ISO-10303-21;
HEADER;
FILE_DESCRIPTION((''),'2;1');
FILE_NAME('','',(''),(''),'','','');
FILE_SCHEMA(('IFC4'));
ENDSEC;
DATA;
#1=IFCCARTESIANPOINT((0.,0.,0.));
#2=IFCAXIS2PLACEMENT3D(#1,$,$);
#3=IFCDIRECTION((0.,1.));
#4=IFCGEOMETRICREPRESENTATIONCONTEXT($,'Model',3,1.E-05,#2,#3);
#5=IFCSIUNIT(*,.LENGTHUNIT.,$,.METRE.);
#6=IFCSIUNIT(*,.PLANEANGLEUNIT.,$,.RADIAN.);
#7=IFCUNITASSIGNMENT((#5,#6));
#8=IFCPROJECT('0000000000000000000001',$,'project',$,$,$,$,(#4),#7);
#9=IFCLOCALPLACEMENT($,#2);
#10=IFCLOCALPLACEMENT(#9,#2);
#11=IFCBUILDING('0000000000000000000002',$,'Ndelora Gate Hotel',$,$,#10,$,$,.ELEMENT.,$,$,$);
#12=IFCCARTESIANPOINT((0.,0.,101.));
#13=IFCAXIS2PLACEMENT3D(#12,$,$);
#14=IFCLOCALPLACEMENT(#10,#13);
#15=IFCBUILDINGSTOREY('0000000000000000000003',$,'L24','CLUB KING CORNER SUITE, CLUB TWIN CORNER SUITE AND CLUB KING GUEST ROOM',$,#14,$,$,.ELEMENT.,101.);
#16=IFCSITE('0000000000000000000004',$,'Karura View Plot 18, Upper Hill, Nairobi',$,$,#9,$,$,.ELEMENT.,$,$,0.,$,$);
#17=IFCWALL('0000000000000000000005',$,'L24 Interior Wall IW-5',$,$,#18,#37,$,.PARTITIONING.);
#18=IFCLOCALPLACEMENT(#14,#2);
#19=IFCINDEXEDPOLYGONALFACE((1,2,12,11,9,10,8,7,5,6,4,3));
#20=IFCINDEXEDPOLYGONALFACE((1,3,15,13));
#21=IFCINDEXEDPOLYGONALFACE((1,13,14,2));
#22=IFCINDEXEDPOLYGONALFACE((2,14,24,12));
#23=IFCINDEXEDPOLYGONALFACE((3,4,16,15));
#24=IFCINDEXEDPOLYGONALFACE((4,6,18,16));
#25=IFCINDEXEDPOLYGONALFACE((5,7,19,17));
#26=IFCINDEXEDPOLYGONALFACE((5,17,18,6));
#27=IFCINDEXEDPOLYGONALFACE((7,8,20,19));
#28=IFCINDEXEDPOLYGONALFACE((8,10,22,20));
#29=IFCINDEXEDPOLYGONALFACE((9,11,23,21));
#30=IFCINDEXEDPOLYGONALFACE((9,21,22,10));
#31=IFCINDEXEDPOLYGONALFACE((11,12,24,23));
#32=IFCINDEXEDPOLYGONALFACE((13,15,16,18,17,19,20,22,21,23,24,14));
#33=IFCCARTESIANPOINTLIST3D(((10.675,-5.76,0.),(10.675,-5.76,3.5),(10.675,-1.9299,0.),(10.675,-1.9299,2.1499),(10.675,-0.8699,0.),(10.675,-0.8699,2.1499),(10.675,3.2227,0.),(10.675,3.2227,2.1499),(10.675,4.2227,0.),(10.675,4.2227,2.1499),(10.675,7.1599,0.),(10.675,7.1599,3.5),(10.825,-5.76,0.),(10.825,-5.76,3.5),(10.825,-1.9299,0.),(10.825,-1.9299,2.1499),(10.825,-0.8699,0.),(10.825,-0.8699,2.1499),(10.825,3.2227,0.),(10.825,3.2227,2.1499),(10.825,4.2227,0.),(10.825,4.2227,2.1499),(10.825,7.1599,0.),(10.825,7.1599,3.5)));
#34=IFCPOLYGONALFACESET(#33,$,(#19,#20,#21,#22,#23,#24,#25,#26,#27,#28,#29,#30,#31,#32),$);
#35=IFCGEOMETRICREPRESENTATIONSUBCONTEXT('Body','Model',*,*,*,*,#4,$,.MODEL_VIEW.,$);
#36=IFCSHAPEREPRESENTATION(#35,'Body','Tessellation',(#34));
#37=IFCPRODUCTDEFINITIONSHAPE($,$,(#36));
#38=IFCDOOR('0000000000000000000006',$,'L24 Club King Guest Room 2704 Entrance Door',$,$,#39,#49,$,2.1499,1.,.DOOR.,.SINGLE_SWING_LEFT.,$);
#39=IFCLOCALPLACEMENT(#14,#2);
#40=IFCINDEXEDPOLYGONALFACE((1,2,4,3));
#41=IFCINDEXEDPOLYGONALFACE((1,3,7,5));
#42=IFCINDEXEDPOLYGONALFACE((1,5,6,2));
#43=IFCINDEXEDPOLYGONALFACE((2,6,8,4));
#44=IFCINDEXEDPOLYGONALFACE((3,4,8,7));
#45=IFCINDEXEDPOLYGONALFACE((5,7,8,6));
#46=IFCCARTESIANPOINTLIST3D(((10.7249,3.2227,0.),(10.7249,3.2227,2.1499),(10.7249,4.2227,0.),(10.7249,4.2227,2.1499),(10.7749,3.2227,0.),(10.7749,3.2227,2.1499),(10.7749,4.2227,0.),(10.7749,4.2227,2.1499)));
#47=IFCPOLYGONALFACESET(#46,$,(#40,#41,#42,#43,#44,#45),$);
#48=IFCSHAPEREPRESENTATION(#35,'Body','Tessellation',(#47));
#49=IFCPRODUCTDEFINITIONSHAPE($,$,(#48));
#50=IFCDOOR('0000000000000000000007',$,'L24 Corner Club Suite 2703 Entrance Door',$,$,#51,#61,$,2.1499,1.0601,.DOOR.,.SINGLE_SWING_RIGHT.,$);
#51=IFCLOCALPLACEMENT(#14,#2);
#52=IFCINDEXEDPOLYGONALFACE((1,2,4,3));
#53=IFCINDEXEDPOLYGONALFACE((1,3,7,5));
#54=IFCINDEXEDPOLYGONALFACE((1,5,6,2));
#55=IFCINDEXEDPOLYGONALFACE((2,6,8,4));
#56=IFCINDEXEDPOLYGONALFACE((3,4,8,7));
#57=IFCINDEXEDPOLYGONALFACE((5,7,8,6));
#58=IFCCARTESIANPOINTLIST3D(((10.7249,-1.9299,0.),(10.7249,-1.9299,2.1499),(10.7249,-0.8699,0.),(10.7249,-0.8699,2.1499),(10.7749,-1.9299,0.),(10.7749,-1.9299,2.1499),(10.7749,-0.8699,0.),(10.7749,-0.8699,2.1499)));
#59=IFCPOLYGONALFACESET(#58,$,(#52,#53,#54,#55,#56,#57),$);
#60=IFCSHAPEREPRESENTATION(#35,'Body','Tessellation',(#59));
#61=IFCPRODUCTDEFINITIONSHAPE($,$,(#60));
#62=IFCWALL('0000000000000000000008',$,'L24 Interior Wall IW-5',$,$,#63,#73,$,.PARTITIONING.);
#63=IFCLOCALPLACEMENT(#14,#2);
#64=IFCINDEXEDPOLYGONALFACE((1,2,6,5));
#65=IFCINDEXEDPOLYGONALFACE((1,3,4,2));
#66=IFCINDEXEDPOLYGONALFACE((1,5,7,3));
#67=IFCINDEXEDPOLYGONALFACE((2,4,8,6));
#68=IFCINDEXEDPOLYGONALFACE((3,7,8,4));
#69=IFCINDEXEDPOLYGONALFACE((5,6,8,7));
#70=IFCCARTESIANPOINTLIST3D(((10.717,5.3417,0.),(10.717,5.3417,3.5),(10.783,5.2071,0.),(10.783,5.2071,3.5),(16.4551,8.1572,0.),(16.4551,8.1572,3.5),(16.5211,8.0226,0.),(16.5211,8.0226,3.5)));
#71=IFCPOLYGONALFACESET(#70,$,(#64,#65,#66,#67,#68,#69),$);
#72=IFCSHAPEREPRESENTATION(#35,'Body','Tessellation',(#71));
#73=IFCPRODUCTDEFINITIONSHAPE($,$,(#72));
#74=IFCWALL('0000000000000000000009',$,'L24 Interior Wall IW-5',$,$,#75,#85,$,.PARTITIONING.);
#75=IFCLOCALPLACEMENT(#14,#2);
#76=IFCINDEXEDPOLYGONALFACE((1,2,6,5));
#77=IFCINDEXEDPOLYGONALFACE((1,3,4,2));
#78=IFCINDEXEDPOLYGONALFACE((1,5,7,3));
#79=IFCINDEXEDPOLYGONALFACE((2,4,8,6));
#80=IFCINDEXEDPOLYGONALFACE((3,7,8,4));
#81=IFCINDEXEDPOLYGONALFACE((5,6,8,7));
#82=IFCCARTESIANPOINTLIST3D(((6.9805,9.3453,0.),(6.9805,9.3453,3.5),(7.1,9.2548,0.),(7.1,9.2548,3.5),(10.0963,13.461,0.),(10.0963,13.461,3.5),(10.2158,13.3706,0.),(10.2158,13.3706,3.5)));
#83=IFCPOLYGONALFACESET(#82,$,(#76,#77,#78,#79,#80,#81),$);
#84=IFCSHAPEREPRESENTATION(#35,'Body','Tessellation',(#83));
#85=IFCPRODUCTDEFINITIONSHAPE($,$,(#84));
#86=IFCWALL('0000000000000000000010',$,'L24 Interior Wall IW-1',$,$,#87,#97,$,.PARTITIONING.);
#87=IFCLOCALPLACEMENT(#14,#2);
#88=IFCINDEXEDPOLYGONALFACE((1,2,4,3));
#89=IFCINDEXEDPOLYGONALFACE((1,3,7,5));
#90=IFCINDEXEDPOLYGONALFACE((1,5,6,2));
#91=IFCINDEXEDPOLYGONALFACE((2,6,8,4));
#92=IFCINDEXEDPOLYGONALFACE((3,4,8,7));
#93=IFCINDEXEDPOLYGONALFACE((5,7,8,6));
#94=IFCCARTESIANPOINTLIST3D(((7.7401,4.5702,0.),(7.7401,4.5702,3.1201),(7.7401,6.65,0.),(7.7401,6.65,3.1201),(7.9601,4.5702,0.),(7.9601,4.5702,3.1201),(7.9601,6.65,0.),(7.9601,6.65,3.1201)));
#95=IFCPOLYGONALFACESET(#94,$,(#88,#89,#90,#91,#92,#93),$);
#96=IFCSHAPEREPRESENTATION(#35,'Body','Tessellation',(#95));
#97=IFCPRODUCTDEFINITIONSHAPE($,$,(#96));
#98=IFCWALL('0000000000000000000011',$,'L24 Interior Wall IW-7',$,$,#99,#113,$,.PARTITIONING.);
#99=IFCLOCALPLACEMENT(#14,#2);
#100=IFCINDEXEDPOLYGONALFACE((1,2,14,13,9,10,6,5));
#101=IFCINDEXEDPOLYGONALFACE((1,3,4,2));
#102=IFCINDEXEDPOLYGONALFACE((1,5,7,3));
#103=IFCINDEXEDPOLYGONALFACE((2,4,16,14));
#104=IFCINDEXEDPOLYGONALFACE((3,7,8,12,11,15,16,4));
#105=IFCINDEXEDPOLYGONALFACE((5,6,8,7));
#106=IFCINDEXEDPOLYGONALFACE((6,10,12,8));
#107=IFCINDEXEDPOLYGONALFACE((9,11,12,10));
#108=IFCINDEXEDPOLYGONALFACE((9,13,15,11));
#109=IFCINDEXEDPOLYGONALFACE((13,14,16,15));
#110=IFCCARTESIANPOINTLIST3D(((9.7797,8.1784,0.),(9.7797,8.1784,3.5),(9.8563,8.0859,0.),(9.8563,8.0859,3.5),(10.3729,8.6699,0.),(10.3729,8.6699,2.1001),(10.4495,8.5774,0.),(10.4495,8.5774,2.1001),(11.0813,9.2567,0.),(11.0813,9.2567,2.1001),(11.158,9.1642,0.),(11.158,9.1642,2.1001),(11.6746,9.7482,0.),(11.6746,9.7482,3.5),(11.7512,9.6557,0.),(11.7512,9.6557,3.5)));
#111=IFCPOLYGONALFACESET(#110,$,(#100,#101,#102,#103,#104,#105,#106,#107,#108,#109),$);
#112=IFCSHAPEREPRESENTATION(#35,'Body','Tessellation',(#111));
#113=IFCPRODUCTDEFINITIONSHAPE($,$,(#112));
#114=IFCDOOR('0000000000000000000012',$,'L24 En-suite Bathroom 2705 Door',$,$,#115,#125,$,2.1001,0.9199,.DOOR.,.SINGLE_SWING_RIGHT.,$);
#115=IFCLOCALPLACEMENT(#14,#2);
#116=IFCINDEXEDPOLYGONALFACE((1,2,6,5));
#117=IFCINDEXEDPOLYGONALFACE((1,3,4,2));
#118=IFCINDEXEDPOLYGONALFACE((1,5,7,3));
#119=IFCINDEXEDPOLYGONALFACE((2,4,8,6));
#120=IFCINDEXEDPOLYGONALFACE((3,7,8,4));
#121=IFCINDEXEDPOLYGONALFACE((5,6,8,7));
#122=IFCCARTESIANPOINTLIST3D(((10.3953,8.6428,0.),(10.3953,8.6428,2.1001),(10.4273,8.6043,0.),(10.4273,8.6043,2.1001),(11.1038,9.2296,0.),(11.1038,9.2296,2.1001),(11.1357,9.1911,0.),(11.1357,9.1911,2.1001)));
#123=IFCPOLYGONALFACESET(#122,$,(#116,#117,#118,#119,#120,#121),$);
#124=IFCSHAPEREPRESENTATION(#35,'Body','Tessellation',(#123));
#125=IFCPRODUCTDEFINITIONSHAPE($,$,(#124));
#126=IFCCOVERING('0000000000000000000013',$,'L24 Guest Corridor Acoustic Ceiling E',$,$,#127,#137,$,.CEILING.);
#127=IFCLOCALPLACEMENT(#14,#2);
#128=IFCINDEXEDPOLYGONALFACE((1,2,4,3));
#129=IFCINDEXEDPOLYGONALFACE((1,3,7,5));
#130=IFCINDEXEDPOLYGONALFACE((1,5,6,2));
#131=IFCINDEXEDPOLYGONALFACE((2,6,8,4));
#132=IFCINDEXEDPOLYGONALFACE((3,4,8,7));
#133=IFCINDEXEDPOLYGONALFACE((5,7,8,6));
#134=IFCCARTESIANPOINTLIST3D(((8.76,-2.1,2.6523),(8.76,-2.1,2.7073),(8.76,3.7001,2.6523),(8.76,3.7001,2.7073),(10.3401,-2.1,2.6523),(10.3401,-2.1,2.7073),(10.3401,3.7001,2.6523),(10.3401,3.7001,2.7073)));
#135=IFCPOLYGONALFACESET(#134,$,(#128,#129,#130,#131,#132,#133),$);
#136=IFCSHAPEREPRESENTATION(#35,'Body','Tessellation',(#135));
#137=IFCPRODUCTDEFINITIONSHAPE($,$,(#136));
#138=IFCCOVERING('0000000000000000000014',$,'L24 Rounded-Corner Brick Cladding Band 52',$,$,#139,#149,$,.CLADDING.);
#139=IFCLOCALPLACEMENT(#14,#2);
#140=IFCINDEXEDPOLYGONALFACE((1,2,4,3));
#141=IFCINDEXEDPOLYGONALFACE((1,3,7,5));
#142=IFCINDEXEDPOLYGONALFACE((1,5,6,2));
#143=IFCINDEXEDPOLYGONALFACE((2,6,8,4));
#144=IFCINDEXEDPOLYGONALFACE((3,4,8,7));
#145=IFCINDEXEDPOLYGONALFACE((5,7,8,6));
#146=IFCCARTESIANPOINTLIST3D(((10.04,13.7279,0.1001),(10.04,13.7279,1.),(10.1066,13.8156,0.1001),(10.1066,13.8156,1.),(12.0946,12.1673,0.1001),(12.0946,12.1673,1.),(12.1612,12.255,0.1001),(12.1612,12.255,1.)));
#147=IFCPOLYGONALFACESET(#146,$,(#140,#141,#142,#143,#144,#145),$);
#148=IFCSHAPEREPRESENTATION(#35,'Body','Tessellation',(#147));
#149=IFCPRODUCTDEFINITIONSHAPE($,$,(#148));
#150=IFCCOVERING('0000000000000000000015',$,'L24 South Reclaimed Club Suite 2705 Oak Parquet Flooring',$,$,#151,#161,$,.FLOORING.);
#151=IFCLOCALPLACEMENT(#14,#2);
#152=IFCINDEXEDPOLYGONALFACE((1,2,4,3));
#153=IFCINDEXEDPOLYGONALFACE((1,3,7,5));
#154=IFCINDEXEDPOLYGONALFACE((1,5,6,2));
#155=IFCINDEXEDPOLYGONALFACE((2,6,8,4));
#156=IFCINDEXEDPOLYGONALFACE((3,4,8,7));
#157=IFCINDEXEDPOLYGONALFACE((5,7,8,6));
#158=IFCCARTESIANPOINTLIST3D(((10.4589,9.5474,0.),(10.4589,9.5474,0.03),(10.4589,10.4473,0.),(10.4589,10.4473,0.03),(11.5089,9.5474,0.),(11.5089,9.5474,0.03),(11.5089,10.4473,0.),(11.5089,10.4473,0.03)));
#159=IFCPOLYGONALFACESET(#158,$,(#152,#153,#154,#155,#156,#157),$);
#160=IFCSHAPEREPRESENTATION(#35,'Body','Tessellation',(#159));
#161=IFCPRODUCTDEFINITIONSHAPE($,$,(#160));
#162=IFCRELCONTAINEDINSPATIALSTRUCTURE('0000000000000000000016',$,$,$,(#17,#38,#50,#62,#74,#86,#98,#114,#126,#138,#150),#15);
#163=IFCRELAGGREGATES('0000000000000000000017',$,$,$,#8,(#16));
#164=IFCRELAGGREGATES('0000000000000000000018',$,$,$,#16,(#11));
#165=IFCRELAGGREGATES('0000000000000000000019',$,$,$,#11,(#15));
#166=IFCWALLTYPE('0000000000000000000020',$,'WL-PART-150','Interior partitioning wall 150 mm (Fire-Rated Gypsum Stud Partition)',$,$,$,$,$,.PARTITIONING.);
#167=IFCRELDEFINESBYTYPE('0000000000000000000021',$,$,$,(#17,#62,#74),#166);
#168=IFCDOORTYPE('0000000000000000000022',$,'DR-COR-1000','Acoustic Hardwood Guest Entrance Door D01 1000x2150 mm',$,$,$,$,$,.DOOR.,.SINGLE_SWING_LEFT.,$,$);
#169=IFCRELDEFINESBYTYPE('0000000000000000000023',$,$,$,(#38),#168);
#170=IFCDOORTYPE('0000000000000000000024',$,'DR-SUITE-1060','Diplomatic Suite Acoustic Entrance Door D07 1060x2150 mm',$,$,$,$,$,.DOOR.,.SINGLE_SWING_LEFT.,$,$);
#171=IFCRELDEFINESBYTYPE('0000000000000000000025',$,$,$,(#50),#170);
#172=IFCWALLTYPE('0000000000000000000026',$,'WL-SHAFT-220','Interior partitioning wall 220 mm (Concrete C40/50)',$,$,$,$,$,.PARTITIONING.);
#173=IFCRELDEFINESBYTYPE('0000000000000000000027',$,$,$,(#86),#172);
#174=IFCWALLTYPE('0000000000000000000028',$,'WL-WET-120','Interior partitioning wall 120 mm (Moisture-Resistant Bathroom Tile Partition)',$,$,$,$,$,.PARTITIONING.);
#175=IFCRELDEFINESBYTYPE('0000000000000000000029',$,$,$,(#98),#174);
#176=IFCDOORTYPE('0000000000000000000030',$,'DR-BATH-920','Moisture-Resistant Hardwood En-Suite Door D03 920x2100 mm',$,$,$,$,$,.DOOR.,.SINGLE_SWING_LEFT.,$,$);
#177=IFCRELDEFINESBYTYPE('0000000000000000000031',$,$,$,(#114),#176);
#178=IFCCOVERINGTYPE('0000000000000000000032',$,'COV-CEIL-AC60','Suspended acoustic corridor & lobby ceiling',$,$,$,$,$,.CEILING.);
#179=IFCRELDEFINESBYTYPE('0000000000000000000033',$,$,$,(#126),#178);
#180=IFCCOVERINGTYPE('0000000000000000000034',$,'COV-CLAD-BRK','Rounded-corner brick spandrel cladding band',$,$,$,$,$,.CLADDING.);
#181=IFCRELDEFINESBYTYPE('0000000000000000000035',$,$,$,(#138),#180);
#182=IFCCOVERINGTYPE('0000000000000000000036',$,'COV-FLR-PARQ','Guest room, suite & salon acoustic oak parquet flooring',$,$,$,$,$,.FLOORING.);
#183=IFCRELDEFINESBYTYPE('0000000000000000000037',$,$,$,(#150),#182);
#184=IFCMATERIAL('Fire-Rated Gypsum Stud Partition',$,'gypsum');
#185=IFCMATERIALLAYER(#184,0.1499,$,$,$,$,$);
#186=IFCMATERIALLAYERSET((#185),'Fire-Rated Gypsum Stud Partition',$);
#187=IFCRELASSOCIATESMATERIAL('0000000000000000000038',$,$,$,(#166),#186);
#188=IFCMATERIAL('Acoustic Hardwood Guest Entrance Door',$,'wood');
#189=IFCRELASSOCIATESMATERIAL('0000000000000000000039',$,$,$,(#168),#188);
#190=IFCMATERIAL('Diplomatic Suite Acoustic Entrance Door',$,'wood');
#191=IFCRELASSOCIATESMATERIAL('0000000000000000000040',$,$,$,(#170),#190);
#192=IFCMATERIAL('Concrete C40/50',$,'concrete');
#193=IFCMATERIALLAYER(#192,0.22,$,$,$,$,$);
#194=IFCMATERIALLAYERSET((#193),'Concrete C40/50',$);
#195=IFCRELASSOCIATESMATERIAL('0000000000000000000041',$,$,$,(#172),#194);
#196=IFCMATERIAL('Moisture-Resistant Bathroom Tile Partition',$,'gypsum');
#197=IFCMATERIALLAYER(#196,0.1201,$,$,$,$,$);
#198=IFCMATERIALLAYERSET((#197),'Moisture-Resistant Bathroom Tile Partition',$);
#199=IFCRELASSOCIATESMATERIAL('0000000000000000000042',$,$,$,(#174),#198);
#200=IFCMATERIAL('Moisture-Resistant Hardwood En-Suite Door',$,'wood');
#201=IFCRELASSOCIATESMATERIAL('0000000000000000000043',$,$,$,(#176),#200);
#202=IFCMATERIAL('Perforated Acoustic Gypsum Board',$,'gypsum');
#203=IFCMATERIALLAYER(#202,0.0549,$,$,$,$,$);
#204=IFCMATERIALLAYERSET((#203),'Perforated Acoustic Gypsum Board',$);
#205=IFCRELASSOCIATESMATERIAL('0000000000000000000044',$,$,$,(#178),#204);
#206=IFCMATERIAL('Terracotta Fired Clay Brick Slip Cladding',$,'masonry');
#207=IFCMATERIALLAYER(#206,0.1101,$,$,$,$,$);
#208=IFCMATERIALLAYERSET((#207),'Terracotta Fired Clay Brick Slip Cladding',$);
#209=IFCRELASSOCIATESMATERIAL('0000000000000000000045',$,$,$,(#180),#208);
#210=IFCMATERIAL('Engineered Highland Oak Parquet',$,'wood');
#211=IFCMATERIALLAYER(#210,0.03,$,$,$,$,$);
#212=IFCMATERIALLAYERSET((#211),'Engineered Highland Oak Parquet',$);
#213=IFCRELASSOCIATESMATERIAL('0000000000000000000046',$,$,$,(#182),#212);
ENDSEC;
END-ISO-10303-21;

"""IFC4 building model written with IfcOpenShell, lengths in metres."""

from ifc_helpers import new_model, si_unit, direction, frame, frame_2d, origin, origin_2d, place, context, subcontext, project, spatial, rectangle, extrude, material, layer, layer_set, type_object, element, fill, save


model = new_model("IFC4")

# Units and contexts
model_context = context("Model", 3, precision=1e-05, world=origin(), true_north=direction((0.0, 1.0)))
body_context = subcontext(model_context, "Body", "Model", "MODEL_VIEW")
ifc_project = project(units=[si_unit("LENGTHUNIT", "METRE"), si_unit("PLANEANGLEUNIT", "RADIAN")], contexts=[model_context])

# Site, building, storey
site_placement = place(None, origin())
site = spatial("IfcSite", under=ifc_project, at=site_placement, Name="Karura View Plot 18, Upper Hill, Nairobi", CompositionType="ELEMENT", RefElevation=0.0)
building_placement = place(site_placement, origin())
building = spatial("IfcBuilding", under=site, at=building_placement, Name="Ndelora Gate Hotel", CompositionType="ELEMENT")
storey_placement = place(building_placement, frame((0.0, 0.0, 101.0)))
storey = spatial("IfcBuildingStorey", under=building, at=storey_placement, Name="L24", Description="CLUB KING CORNER SUITE, CLUB TWIN CORNER SUITE AND CLUB KING GUEST ROOM", CompositionType="ELEMENT", Elevation=101.0)

# Shared definitions
ifc_material_1 = material(Name="Concrete C40/50", Category="concrete")

# Wall, openings, doors
ifc_material_2 = material(Name="Fire-Rated Gypsum Stud Partition", Category="gypsum")
ifc_layer_1 = layer(ifc_material_2, 0.1499)
ifc_layer_set_1 = layer_set([ifc_layer_1], Name="Fire-Rated Gypsum Stud Partition")
wall_type_1 = type_object("IfcWallType", Name="WL-PART-150", Description="Interior partitioning wall 150 mm (Fire-Rated Gypsum Stud Partition)", PredefinedType="PARTITIONING", material=ifc_layer_set_1)
wall_1_placement = place(storey_placement, frame((10.75, 7.1599, 0.0), z_axis=(0.0, 0.0, 1.0), x_axis=(0.0, -1.0, 0.0)))
wall_1 = element("IfcWall", 1, at=wall_1_placement, inside=storey, type_object=wall_type_1, Name="L24 Interior Wall IW-5", PredefinedType="PARTITIONING", context=body_context, shape_type="SweptSolid", body=[
    extrude(rectangle(XDim=12.9199, YDim=0.1499, at=frame_2d((6.46, 0.0))), origin(), (0.0, 0.0, 1.0), 3.5),
])
opening_1_placement = place(wall_1_placement, frame((2.9373, 0.0, 0.0)))
opening_1 = element("IfcOpeningElement", 2, at=opening_1_placement, cuts=wall_1, PredefinedType="OPENING", context=body_context, shape_type="SweptSolid", body=[
    extrude(rectangle(XDim=1.0, YDim=2.1499, at=frame_2d((0.5, 1.075))), frame((0.0, 0.085, 0.0), z_axis=(0.0, -1.0, 0.0), x_axis=(1.0, 0.0, 0.0)), (0.0, 0.0, 1.0), 0.1699),
])
opening_2_placement = place(wall_1_placement, frame((8.0298, 0.0, 0.0)))
opening_2 = element("IfcOpeningElement", 3, at=opening_2_placement, cuts=wall_1, PredefinedType="OPENING", context=body_context, shape_type="SweptSolid", body=[
    extrude(rectangle(XDim=1.0601, YDim=2.1499, at=frame_2d((0.53, 1.075))), frame((0.0, 0.085, 0.0), z_axis=(0.0, -1.0, 0.0), x_axis=(1.0, 0.0, 0.0)), (0.0, 0.0, 1.0), 0.1699),
])
ifc_material_3 = material(Name="Acoustic Hardwood Guest Entrance Door", Category="wood")
door_type_1 = type_object("IfcDoorType", Name="DR-COR-1000", Description="Acoustic Hardwood Guest Entrance Door D01 1000x2150 mm", OperationType="SINGLE_SWING_LEFT", PredefinedType="DOOR", material=ifc_material_3)
door_1_placement = place(opening_1_placement, origin())
door_1 = element("IfcDoor", 4, at=door_1_placement, inside=storey, type_object=door_type_1, Name="L24 Club King Guest Room 2704 Entrance Door", OperationType="SINGLE_SWING_LEFT", OverallHeight=2.1499, OverallWidth=1.0, PredefinedType="DOOR", context=body_context, shape_type="SweptSolid", body=[
    extrude(rectangle(XDim=1.0, YDim=2.1499, at=frame_2d((0.5, 1.075))), frame((0.0, 0.0249, 0.0), z_axis=(0.0, -1.0, 0.0), x_axis=(1.0, 0.0, 0.0)), (0.0, 0.0, 1.0), 0.05),
])
fill(opening_1, door_1)
ifc_material_4 = material(Name="Diplomatic Suite Acoustic Entrance Door", Category="wood")
door_type_2 = type_object("IfcDoorType", Name="DR-SUITE-1060", Description="Diplomatic Suite Acoustic Entrance Door D07 1060x2150 mm", OperationType="SINGLE_SWING_LEFT", PredefinedType="DOOR", material=ifc_material_4)
door_2_placement = place(opening_2_placement, origin())
door_2 = element("IfcDoor", 5, at=door_2_placement, inside=storey, type_object=door_type_2, Name="L24 Corner Club Suite 2703 Entrance Door", OperationType="SINGLE_SWING_RIGHT", OverallHeight=2.1499, OverallWidth=1.0601, PredefinedType="DOOR", context=body_context, shape_type="SweptSolid", body=[
    extrude(rectangle(XDim=1.0601, YDim=2.1499, at=frame_2d((0.53, 1.075))), frame((0.0, 0.0249, 0.0), z_axis=(0.0, -1.0, 0.0), x_axis=(1.0, 0.0, 0.0)), (0.0, 0.0, 1.0), 0.05),
])
fill(opening_2, door_2)

# Walls
wall_2_placement = place(storey_placement, frame((10.75, 5.2744, 0.0), z_axis=(0.0, 0.0, 1.0), x_axis=(0.897756, 0.440494, 0.0)))
element("IfcWall", 6, at=wall_2_placement, inside=storey, type_object=wall_type_1, Name="L24 Interior Wall IW-5", PredefinedType="PARTITIONING", context=body_context, shape_type="SweptSolid", body=[
    extrude(rectangle(XDim=6.3916, YDim=0.1499, at=frame_2d((3.1958, 0.0))), origin(), (0.0, 0.0, 1.0), 3.5),
])
wall_3_placement = place(storey_placement, frame((7.0403, 9.3, 0.0), z_axis=(0.0, 0.0, 1.0), x_axis=(0.603581, 0.797302, 0.0)))
element("IfcWall", 7, at=wall_3_placement, inside=storey, type_object=wall_type_1, Name="L24 Interior Wall IW-5", PredefinedType="PARTITIONING", context=body_context, shape_type="SweptSolid", body=[
    extrude(rectangle(XDim=5.1621, YDim=0.1499, at=frame_2d((2.5811, 0.0))), origin(), (0.0, 0.0, 1.0), 3.5),
])
ifc_layer_2 = layer(ifc_material_1, 0.22)
ifc_layer_set_2 = layer_set([ifc_layer_2], Name="Concrete C40/50")
wall_type_2 = type_object("IfcWallType", Name="WL-SHAFT-220", Description="Interior partitioning wall 220 mm (Concrete C40/50)", PredefinedType="PARTITIONING", material=ifc_layer_set_2)
wall_4_placement = place(storey_placement, frame((7.8501, 4.5701, 0.0), z_axis=(0.0, 0.0, 1.0), x_axis=(0.0, 1.0, 0.0)))
element("IfcWall", 8, at=wall_4_placement, inside=storey, type_object=wall_type_2, Name="L24 Interior Wall IW-1", PredefinedType="PARTITIONING", context=body_context, shape_type="SweptSolid", body=[
    extrude(rectangle(XDim=2.0798, YDim=0.22, at=frame_2d((1.04, 0.0))), origin(), (0.0, 0.0, 1.0), 3.1201),
])

# Wall, opening, door
ifc_material_5 = material(Name="Moisture-Resistant Bathroom Tile Partition", Category="gypsum")
ifc_layer_3 = layer(ifc_material_5, 0.1201)
ifc_layer_set_3 = layer_set([ifc_layer_3], Name="Moisture-Resistant Bathroom Tile Partition")
wall_type_3 = type_object("IfcWallType", Name="WL-WET-120", Description="Interior partitioning wall 120 mm (Moisture-Resistant Bathroom Tile Partition)", PredefinedType="PARTITIONING", material=ifc_layer_set_3)
wall_5_placement = place(storey_placement, frame((9.8179, 8.1321, 0.0), z_axis=(0.0, 0.0, 1.0), x_axis=(0.770088, 0.637937, 0.0)))
wall_5 = element("IfcWall", 9, at=wall_5_placement, inside=storey, type_object=wall_type_3, Name="L24 Interior Wall IW-7", PredefinedType="PARTITIONING", context=body_context, shape_type="SweptSolid", body=[
    extrude(rectangle(XDim=2.4607, YDim=0.1201, at=frame_2d((1.2305, 0.0))), origin(), (0.0, 0.0, 1.0), 3.5),
])
opening_3_placement = place(wall_5_placement, frame((0.7705, 0.0, 0.0)))
opening_3 = element("IfcOpeningElement", 10, at=opening_3_placement, cuts=wall_5, PredefinedType="OPENING", context=body_context, shape_type="SweptSolid", body=[
    extrude(rectangle(XDim=0.9199, YDim=2.1001, at=frame_2d((0.46, 1.05))), frame((0.0, 0.0701, 0.0), z_axis=(0.0, -1.0, 0.0), x_axis=(1.0, 0.0, 0.0)), (0.0, 0.0, 1.0), 0.1401),
])
ifc_material_6 = material(Name="Moisture-Resistant Hardwood En-Suite Door", Category="wood")
door_type_3 = type_object("IfcDoorType", Name="DR-BATH-920", Description="Moisture-Resistant Hardwood En-Suite Door D03 920x2100 mm", OperationType="SINGLE_SWING_LEFT", PredefinedType="DOOR", material=ifc_material_6)
door_3_placement = place(opening_3_placement, origin())
door_3 = element("IfcDoor", 11, at=door_3_placement, inside=storey, type_object=door_type_3, Name="L24 En-suite Bathroom 2705 Door", OperationType="SINGLE_SWING_RIGHT", OverallHeight=2.1001, OverallWidth=0.9199, PredefinedType="DOOR", context=body_context, shape_type="SweptSolid", body=[
    extrude(rectangle(XDim=0.9199, YDim=2.1001, at=frame_2d((0.46, 1.05))), frame((0.0, 0.0249, 0.0), z_axis=(0.0, -1.0, 0.0), x_axis=(1.0, 0.0, 0.0)), (0.0, 0.0, 1.0), 0.05),
])
fill(opening_3, door_3)

# Coverings
ifc_material_7 = material(Name="Perforated Acoustic Gypsum Board", Category="gypsum")
ifc_layer_4 = layer(ifc_material_7, 0.0549)
ifc_layer_set_4 = layer_set([ifc_layer_4], Name="Perforated Acoustic Gypsum Board")
covering_type_1 = type_object("IfcCoveringType", Name="COV-CEIL-AC60", Description="Suspended acoustic corridor & lobby ceiling", PredefinedType="CEILING", material=ifc_layer_set_4)
covering_1_placement = place(storey_placement, frame((9.55, 0.8, 2.6523), z_axis=(0.0, 0.0, 1.0), x_axis=(1.0, 0.0, 0.0)))
element("IfcCovering", 12, at=covering_1_placement, inside=storey, type_object=covering_type_1, Name="L24 Guest Corridor Acoustic Ceiling E", PredefinedType="CEILING", context=body_context, shape_type="SweptSolid", body=[
    extrude(rectangle(XDim=1.5801, YDim=5.8, at=origin_2d()), origin(), (0.0, 0.0, 1.0), 0.0549),
])
ifc_material_8 = material(Name="Terracotta Fired Clay Brick Slip Cladding", Category="masonry")
ifc_layer_5 = layer(ifc_material_8, 0.1101)
ifc_layer_set_5 = layer_set([ifc_layer_5], Name="Terracotta Fired Clay Brick Slip Cladding")
covering_type_2 = type_object("IfcCoveringType", Name="COV-CLAD-BRK", Description="Rounded-corner brick spandrel cladding band", PredefinedType="CLADDING", material=ifc_layer_set_5)
covering_2_placement = place(storey_placement, frame((11.1006, 12.9915, 0.1001), z_axis=(0.0, 0.0, 1.0), x_axis=(-0.796319, 0.604877, 0.0)))
element("IfcCovering", 13, at=covering_2_placement, inside=storey, type_object=covering_type_2, Name="L24 Rounded-Corner Brick Cladding Band 52", PredefinedType="CLADDING", context=body_context, shape_type="SweptSolid", body=[
    extrude(rectangle(XDim=2.5801, YDim=0.1101, at=origin_2d()), origin(), (0.0, 0.0, 1.0), 0.8999),
])
ifc_material_9 = material(Name="Engineered Highland Oak Parquet", Category="wood")
ifc_layer_6 = layer(ifc_material_9, 0.03)
ifc_layer_set_6 = layer_set([ifc_layer_6], Name="Engineered Highland Oak Parquet")
covering_type_3 = type_object("IfcCoveringType", Name="COV-FLR-PARQ", Description="Guest room, suite & salon acoustic oak parquet flooring", PredefinedType="FLOORING", material=ifc_layer_set_6)
covering_3_placement = place(storey_placement, frame((10.9839, 9.9973, 0.0), z_axis=(0.0, 0.0, 1.0), x_axis=(1.0, 0.0, 0.0)))
element("IfcCovering", 14, at=covering_3_placement, inside=storey, type_object=covering_type_3, Name="L24 South Reclaimed Club Suite 2705 Oak Parquet Flooring", PredefinedType="FLOORING", context=body_context, shape_type="SweptSolid", body=[
    extrude(rectangle(XDim=1.05, YDim=0.8999, at=origin_2d()), origin(), (0.0, 0.0, 1.0), 0.03),
])

save(model, "model.ifc")
